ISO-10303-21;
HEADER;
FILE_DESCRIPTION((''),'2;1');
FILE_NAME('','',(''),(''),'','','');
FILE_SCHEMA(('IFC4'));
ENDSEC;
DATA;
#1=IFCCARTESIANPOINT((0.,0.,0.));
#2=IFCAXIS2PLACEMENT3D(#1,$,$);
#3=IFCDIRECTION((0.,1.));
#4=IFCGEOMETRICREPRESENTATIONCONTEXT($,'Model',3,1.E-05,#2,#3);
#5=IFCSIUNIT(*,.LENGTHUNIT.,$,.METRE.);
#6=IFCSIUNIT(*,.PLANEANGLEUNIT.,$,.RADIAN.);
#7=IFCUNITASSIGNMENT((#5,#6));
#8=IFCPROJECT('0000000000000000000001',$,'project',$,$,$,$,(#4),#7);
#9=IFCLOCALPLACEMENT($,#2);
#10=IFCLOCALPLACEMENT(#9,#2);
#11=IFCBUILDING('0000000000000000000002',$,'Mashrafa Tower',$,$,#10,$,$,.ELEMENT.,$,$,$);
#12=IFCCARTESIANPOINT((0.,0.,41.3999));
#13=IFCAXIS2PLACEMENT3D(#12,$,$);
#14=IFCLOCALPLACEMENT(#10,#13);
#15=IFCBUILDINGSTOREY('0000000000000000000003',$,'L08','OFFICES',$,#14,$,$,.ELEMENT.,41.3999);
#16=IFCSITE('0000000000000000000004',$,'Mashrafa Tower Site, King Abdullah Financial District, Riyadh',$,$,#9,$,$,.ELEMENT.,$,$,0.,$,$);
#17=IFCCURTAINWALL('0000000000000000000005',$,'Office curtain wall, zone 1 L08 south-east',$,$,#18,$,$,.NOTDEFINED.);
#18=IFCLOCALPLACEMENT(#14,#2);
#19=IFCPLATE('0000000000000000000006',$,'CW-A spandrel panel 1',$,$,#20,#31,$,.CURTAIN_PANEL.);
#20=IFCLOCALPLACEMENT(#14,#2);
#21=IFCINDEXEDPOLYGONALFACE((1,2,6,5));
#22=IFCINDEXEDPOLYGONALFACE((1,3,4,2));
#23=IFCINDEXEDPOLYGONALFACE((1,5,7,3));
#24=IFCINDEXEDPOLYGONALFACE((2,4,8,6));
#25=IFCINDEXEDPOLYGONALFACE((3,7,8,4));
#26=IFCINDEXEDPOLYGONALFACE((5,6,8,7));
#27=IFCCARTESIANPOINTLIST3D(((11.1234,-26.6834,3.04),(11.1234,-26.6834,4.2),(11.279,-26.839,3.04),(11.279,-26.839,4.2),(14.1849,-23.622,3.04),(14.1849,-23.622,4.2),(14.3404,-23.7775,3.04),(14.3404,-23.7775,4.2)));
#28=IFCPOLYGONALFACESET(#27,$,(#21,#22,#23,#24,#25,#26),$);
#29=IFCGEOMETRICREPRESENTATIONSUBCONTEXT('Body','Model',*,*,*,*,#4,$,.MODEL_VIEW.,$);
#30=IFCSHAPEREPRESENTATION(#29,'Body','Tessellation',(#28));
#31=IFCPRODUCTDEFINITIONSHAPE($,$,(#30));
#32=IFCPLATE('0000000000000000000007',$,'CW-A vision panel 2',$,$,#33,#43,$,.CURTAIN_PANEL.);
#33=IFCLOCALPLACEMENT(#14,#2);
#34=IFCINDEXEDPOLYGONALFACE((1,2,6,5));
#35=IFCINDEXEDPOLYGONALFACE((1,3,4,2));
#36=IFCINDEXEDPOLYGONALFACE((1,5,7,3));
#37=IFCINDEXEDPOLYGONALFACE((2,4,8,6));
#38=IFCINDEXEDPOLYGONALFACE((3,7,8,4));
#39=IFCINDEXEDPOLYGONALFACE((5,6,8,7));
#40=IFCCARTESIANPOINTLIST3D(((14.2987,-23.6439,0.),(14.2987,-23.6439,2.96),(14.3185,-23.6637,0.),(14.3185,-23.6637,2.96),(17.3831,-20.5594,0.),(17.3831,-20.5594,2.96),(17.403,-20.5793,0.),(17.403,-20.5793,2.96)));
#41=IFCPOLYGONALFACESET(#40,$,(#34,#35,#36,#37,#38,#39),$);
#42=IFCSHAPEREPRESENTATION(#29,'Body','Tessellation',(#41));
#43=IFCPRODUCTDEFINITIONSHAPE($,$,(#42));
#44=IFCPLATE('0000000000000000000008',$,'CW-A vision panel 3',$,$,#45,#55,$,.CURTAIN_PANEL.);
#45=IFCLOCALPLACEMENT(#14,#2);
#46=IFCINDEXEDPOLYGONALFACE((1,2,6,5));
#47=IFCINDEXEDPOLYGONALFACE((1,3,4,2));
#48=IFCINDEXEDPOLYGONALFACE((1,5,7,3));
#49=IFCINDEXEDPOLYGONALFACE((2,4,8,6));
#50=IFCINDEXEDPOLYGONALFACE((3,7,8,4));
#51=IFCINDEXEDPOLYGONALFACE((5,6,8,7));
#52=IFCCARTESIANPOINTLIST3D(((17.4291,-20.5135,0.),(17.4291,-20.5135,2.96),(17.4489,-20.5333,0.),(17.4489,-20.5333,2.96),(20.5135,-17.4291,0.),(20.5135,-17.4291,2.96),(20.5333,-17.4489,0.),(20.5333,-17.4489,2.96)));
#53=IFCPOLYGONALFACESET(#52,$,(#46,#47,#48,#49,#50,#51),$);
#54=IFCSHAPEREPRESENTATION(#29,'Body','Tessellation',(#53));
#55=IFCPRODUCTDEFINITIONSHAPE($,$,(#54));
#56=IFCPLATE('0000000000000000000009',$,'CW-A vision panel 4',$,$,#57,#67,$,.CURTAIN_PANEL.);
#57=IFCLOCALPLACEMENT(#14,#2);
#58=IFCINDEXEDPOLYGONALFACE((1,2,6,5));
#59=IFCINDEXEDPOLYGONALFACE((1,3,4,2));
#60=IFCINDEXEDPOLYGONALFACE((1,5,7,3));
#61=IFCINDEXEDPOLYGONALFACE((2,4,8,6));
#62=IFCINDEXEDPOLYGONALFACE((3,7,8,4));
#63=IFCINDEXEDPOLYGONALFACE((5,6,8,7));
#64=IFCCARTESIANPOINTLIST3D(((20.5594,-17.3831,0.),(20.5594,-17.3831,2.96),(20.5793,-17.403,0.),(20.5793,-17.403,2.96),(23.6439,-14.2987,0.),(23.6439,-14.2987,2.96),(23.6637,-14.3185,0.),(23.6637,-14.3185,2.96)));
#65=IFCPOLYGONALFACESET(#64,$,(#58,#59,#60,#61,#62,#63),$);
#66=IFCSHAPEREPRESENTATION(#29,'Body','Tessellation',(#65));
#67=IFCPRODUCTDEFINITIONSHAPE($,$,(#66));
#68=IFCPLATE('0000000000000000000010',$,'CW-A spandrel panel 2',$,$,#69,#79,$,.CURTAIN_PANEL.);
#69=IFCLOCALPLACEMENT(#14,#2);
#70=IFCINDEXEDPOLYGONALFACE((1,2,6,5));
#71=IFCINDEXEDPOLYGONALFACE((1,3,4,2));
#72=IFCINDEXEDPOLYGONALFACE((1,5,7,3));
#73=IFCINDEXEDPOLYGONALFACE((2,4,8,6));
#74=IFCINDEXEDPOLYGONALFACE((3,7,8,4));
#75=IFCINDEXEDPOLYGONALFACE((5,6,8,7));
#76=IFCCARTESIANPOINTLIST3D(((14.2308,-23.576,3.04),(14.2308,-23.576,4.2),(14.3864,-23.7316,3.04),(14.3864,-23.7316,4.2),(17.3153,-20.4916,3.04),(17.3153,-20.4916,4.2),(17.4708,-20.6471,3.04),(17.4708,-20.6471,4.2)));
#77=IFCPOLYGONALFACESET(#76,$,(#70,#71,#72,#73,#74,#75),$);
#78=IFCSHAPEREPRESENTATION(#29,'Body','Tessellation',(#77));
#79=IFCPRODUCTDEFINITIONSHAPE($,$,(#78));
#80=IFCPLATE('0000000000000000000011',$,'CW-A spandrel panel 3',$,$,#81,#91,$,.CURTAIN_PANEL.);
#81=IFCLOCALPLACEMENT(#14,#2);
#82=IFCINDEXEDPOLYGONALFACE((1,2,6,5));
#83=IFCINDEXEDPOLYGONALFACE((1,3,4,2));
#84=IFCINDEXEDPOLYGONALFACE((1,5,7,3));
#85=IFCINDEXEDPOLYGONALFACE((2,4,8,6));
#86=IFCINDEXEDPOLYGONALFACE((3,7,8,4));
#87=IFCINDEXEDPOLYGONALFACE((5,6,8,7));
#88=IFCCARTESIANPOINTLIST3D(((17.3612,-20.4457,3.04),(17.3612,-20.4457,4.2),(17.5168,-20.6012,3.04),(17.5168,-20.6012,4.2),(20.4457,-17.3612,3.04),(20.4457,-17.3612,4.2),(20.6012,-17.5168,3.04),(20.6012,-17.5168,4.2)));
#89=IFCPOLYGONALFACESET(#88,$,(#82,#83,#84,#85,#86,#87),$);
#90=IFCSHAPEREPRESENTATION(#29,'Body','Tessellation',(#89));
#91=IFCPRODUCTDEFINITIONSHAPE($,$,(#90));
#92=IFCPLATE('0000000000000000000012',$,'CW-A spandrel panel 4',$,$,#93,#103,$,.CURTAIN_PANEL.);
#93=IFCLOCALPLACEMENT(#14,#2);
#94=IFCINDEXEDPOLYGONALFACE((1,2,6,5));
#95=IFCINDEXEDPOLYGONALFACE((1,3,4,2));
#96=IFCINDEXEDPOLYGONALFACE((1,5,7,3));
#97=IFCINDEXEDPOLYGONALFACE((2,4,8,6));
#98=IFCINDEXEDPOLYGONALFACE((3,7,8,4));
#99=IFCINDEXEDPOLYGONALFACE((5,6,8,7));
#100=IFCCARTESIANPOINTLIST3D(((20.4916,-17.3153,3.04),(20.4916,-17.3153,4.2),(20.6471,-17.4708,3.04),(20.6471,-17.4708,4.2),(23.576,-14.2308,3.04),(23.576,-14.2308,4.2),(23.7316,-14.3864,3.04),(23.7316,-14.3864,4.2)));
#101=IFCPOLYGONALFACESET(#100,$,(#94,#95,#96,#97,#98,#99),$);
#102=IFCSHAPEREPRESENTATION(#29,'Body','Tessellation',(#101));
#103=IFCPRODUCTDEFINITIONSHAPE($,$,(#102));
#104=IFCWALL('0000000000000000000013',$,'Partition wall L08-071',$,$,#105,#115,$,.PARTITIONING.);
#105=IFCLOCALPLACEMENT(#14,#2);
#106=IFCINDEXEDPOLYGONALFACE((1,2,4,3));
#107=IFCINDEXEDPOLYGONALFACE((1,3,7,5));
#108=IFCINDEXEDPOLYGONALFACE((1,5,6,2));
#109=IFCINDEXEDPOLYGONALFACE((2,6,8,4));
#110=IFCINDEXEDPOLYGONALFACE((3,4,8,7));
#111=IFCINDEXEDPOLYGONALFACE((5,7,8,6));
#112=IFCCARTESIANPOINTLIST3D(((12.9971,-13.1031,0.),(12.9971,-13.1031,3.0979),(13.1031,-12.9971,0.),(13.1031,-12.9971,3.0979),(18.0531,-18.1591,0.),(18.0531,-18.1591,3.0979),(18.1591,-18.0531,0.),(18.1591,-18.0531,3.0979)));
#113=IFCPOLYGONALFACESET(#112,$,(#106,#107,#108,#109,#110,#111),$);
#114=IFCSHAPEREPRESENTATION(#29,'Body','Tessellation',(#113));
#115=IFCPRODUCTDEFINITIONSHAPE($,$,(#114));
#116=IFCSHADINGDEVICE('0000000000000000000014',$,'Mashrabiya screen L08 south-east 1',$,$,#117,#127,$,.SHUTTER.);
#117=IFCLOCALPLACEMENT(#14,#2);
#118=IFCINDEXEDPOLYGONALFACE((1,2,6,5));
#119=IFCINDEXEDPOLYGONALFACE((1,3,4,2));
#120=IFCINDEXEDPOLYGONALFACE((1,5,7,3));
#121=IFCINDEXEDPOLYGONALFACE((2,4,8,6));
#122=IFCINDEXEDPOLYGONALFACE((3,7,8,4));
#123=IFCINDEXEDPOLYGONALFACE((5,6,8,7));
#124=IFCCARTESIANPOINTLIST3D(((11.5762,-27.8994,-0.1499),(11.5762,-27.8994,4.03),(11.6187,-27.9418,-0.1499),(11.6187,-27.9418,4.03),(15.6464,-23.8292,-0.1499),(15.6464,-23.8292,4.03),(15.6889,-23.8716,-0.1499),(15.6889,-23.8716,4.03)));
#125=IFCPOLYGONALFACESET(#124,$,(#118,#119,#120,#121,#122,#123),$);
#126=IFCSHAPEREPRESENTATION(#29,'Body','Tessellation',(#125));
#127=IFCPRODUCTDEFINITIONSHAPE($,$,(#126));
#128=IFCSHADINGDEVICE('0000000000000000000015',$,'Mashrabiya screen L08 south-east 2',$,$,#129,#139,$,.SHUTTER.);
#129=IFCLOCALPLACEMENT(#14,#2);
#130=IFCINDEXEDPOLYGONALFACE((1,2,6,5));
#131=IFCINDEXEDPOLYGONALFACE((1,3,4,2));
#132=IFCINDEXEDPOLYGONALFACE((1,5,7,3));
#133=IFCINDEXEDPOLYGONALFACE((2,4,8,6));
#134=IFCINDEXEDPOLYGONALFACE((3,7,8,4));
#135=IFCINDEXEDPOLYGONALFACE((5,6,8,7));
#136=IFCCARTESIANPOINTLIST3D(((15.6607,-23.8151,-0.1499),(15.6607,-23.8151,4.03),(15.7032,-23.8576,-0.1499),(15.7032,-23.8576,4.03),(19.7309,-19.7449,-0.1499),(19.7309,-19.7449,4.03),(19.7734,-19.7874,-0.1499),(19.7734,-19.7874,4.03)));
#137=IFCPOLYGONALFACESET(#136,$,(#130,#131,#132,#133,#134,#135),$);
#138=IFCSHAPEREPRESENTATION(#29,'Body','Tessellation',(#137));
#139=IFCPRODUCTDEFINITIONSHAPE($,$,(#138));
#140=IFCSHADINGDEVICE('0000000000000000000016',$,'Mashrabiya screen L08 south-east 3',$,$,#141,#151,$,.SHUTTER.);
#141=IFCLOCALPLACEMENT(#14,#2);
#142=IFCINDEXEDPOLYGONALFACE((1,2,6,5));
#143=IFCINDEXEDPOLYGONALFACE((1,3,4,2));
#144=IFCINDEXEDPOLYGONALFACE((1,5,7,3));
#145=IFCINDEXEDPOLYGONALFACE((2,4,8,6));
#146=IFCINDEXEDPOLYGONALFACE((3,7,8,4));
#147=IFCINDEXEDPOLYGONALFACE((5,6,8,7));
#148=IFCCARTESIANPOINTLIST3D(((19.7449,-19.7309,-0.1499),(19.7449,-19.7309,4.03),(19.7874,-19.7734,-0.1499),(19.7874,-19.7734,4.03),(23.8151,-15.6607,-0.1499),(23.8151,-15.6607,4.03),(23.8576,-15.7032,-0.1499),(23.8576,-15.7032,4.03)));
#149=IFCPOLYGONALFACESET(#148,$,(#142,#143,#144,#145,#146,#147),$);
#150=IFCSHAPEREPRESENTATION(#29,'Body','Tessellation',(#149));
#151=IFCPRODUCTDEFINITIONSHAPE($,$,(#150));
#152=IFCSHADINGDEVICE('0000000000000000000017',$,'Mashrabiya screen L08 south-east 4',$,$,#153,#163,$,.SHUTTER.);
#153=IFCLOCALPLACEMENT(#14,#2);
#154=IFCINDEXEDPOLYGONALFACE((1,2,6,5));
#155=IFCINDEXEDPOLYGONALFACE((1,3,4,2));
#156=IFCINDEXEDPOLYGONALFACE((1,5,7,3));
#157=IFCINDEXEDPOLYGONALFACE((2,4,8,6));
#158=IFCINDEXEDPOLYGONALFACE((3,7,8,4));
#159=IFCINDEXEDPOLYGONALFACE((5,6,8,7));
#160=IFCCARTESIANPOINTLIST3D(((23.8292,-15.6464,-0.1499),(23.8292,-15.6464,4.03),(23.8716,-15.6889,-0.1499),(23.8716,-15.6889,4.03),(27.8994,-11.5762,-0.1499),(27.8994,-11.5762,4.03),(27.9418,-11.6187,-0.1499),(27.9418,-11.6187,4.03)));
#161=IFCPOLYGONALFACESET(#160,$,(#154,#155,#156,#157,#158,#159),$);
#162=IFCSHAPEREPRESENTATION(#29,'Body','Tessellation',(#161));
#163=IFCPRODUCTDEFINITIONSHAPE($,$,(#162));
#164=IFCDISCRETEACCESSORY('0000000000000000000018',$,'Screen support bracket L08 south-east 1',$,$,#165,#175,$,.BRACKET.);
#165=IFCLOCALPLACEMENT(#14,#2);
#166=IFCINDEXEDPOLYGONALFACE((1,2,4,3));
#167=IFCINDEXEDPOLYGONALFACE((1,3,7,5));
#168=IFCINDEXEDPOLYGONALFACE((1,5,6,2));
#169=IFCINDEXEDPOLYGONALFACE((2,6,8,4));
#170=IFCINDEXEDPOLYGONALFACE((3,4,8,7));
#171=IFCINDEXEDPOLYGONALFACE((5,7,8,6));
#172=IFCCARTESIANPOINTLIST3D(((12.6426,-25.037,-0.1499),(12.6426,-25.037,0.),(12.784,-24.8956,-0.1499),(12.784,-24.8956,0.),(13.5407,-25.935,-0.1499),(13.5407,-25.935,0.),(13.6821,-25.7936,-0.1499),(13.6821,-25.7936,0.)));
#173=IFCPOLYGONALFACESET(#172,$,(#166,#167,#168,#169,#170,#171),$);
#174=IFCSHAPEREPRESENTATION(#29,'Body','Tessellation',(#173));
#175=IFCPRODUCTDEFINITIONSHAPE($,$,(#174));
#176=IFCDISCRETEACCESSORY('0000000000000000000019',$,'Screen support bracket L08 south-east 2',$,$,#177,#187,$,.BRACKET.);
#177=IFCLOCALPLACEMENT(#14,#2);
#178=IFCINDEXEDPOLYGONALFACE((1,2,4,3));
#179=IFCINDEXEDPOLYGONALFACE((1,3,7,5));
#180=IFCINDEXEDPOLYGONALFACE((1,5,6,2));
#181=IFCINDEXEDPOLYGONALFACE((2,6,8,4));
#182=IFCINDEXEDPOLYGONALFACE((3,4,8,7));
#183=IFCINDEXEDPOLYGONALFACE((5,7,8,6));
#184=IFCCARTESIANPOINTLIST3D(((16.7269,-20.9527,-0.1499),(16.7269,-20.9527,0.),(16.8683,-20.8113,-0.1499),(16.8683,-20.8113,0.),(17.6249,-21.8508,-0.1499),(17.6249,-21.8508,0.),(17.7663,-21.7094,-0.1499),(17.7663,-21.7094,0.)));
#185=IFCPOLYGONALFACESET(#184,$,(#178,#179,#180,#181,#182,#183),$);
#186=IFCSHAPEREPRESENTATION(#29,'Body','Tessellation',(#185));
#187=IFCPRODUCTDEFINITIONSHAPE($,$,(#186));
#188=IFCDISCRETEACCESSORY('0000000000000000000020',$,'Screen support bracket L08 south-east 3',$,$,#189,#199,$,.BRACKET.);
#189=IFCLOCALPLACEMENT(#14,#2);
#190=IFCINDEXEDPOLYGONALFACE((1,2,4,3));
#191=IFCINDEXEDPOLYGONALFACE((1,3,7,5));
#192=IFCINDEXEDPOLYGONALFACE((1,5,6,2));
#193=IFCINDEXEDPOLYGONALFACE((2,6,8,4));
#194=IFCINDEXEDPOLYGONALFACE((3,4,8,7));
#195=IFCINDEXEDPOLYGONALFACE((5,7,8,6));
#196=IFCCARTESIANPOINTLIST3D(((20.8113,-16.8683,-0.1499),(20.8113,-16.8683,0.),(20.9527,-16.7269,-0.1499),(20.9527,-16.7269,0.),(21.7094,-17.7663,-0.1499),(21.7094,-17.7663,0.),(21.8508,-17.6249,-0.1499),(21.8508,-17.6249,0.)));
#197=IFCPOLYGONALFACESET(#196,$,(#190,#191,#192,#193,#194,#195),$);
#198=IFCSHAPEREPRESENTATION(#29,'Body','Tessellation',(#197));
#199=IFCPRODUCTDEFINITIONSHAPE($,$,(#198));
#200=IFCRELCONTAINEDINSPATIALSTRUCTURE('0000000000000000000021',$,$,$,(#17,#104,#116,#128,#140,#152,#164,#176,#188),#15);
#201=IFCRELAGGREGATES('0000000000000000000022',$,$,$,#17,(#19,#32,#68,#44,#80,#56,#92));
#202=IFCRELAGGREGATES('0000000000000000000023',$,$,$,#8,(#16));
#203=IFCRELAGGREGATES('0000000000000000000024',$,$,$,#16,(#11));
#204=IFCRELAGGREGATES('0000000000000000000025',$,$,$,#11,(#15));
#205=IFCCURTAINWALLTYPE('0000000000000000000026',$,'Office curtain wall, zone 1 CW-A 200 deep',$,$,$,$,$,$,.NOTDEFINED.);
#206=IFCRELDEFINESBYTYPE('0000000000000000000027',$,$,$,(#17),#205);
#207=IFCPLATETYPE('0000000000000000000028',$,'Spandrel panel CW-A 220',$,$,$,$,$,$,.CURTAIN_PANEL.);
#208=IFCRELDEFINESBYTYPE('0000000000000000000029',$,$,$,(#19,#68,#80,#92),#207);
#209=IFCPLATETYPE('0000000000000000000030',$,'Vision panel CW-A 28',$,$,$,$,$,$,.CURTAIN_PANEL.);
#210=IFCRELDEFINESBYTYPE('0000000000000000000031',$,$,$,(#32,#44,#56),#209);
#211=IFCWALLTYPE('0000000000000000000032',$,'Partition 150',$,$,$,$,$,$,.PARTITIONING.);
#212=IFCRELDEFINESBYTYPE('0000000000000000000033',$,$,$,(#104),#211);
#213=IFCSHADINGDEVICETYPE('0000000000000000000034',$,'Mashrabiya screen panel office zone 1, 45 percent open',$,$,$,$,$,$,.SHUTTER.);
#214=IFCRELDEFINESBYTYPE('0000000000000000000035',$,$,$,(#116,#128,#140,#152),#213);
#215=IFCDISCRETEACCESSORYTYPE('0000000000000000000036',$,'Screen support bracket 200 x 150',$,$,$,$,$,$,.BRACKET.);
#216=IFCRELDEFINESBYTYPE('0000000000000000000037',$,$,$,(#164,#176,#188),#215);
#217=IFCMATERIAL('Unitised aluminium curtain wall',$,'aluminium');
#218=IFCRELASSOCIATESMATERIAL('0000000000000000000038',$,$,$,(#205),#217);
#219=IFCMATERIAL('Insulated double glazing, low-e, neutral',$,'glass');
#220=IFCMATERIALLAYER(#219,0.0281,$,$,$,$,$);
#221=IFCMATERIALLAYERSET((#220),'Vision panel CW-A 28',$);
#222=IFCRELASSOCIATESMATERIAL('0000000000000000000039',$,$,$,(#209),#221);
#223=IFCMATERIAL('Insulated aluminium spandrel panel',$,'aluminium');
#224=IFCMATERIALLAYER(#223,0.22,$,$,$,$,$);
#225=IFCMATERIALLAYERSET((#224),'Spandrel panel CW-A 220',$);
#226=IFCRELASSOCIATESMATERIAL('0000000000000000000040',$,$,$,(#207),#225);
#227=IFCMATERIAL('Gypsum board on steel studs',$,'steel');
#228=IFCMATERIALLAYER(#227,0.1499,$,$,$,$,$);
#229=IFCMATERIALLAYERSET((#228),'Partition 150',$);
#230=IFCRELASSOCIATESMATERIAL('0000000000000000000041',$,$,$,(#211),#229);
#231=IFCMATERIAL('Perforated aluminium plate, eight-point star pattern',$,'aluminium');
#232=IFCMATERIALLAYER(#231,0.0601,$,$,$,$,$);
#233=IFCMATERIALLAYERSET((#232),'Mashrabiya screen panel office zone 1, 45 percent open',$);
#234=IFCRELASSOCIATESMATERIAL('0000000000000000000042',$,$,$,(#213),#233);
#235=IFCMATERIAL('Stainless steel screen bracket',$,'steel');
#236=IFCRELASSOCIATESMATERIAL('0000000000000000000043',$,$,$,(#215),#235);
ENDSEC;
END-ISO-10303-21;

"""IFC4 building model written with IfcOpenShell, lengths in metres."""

from ifc_helpers import new_model, si_unit, direction, frame, frame_2d, origin, origin_2d, place, context, subcontext, project, spatial, rectangle, extrude, source, transform, mapped, material, layer, layer_set, type_object, type_shapes, element, aggregate, save


model = new_model("IFC4")

# Units and contexts
model_context = context("Model", 3, precision=1e-05, world=origin(), true_north=direction((0.0, 1.0)))
body_context = subcontext(model_context, "Body", "Model", "MODEL_VIEW")
ifc_project = project(units=[si_unit("LENGTHUNIT", "METRE"), si_unit("PLANEANGLEUNIT", "RADIAN")], contexts=[model_context])

# Site, building, storey
site_placement = place(None, origin())
site = spatial("IfcSite", under=ifc_project, at=site_placement, Name="Mashrafa Tower Site, King Abdullah Financial District, Riyadh", CompositionType="ELEMENT", RefElevation=0.0)
building_placement = place(site_placement, origin())
building = spatial("IfcBuilding", under=site, at=building_placement, Name="Mashrafa Tower", CompositionType="ELEMENT")
storey_placement = place(building_placement, frame((0.0, 0.0, 41.3999)))
storey = spatial("IfcBuildingStorey", under=building, at=storey_placement, Name="L08", Description="OFFICES", CompositionType="ELEMENT", Elevation=41.3999)

# Curtain wall, plates
ifc_material_1 = material(Name="Unitised aluminium curtain wall", Category="aluminium")
curtain_wall_type = type_object("IfcCurtainWallType", Name="Office curtain wall, zone 1 CW-A 200 deep", PredefinedType="NOTDEFINED", material=ifc_material_1)
curtain_wall_placement = place(storey_placement, origin())
curtain_wall = element("IfcCurtainWall", 1, at=curtain_wall_placement, inside=storey, type_object=curtain_wall_type, Name="Office curtain wall, zone 1 L08 south-east", PredefinedType="NOTDEFINED")
ifc_material_2 = material(Name="Insulated double glazing, low-e, neutral", Category="glass")
ifc_layer_1 = layer(ifc_material_2, 0.0281)
ifc_layer_set_1 = layer_set([ifc_layer_1], Name="Vision panel CW-A 28")
plate_type_1 = type_object("IfcPlateType", Name="Vision panel CW-A 28", PredefinedType="CURTAIN_PANEL", material=ifc_layer_set_1)
ifc_material_3 = material(Name="Insulated aluminium spandrel panel", Category="aluminium")
ifc_layer_2 = layer(ifc_material_3, 0.22)
ifc_layer_set_2 = layer_set([ifc_layer_2], Name="Spandrel panel CW-A 220")
plate_type_2 = type_object("IfcPlateType", Name="Spandrel panel CW-A 220", PredefinedType="CURTAIN_PANEL", material=ifc_layer_set_2)
shared_shape_1 = source(origin(), body_context, "Body", "SweptSolid", [
    extrude(rectangle(XDim=4.3296, YDim=0.22, at=origin_2d()), origin(), (0.0, 0.0, 1.0), 1.1599),
])
plate_1_placement = place(storey_placement, frame((12.7319, -25.2305, 3.04), z_axis=(0.0, 0.0, 1.0), x_axis=(0.707107, 0.707107, 0.0)))
plate_1 = element("IfcPlate", 2, at=plate_1_placement, type_object=plate_type_2, Name="CW-A spandrel panel 1", PredefinedType="CURTAIN_PANEL", context=body_context, shape_type="MappedRepresentation", body=[
    mapped(shared_shape_1, transform((0.0, 0.0, 0.0))),
])
shared_shape_2 = source(origin(), body_context, "Body", "SweptSolid", [
    extrude(rectangle(XDim=4.3621, YDim=0.0281, at=origin_2d()), origin(), (0.0, 0.0, 1.0), 2.96),
])
plate_2_placement = place(storey_placement, frame((15.8508, -22.1116, 0.0), z_axis=(0.0, 0.0, 1.0), x_axis=(0.707107, 0.707107, 0.0)))
plate_2 = element("IfcPlate", 3, at=plate_2_placement, type_object=plate_type_1, Name="CW-A vision panel 2", PredefinedType="CURTAIN_PANEL", context=body_context, shape_type="MappedRepresentation", body=[
    mapped(shared_shape_2, transform((0.0, 0.0, 0.0))),
])
plate_3_placement = place(storey_placement, frame((18.9812, -18.9812, 0.0), z_axis=(0.0, 0.0, 1.0), x_axis=(0.707107, 0.707107, 0.0)))
plate_3 = element("IfcPlate", 4, at=plate_3_placement, type_object=plate_type_1, Name="CW-A vision panel 3", PredefinedType="CURTAIN_PANEL", context=body_context, shape_type="MappedRepresentation", body=[
    mapped(shared_shape_2, transform((0.0, 0.0, 0.0))),
])
plate_4_placement = place(storey_placement, frame((22.1116, -15.8508, 0.0), z_axis=(0.0, 0.0, 1.0), x_axis=(0.707107, 0.707107, 0.0)))
plate_4 = element("IfcPlate", 5, at=plate_4_placement, type_object=plate_type_1, Name="CW-A vision panel 4", PredefinedType="CURTAIN_PANEL", context=body_context, shape_type="MappedRepresentation", body=[
    mapped(shared_shape_2, transform((0.0, 0.0, 0.0))),
])
shared_shape_3 = source(origin(), body_context, "Body", "SweptSolid", [
    extrude(rectangle(XDim=4.3621, YDim=0.22, at=origin_2d()), origin(), (0.0, 0.0, 1.0), 1.1599),
])
type_shapes(plate_type_2, [shared_shape_1, shared_shape_3])
plate_5_placement = place(storey_placement, frame((15.8508, -22.1116, 3.04), z_axis=(0.0, 0.0, 1.0), x_axis=(0.707107, 0.707107, 0.0)))
plate_5 = element("IfcPlate", 6, at=plate_5_placement, type_object=plate_type_2, Name="CW-A spandrel panel 2", PredefinedType="CURTAIN_PANEL", context=body_context, shape_type="MappedRepresentation", body=[
    mapped(shared_shape_3, transform((0.0, 0.0, 0.0))),
])
plate_6_placement = place(storey_placement, frame((18.9812, -18.9812, 3.04), z_axis=(0.0, 0.0, 1.0), x_axis=(0.707107, 0.707107, 0.0)))
plate_6 = element("IfcPlate", 7, at=plate_6_placement, type_object=plate_type_2, Name="CW-A spandrel panel 3", PredefinedType="CURTAIN_PANEL", context=body_context, shape_type="MappedRepresentation", body=[
    mapped(shared_shape_3, transform((0.0, 0.0, 0.0))),
])
plate_7_placement = place(storey_placement, frame((22.1116, -15.8508, 3.04), z_axis=(0.0, 0.0, 1.0), x_axis=(0.707107, 0.707107, 0.0)))
plate_7 = element("IfcPlate", 8, at=plate_7_placement, type_object=plate_type_2, Name="CW-A spandrel panel 4", PredefinedType="CURTAIN_PANEL", context=body_context, shape_type="MappedRepresentation", body=[
    mapped(shared_shape_3, transform((0.0, 0.0, 0.0))),
])
aggregate(curtain_wall, [plate_1, plate_2, plate_5, plate_3, plate_6, plate_4, plate_7])

# Wall
ifc_material_4 = material(Name="Gypsum board on steel studs", Category="steel")
ifc_layer_3 = layer(ifc_material_4, 0.1499)
ifc_layer_set_3 = layer_set([ifc_layer_3], Name="Partition 150")
wall_type_1 = type_object("IfcWallType", Name="Partition 150", PredefinedType="PARTITIONING", material=ifc_layer_set_3)
wall_1_placement = place(storey_placement, frame((13.05, -13.05, 0.0), z_axis=(0.0, 0.0, 1.0), x_axis=(0.707107, -0.707107, 0.0)))
element("IfcWall", 9, at=wall_1_placement, inside=storey, type_object=wall_type_1, Name="Partition wall L08-071", PredefinedType="PARTITIONING", context=body_context, shape_type="SweptSolid", body=[
    extrude(rectangle(XDim=7.1501, YDim=0.1499, at=frame_2d((3.5752, 0.0))), origin(), (0.0, 0.0, 1.0), 3.0979),
])

# Shading devices
ifc_material_5 = material(Name="Perforated aluminium plate, eight-point star pattern", Category="aluminium")
ifc_layer_4 = layer(ifc_material_5, 0.0601)
ifc_layer_set_4 = layer_set([ifc_layer_4], Name="Mashrabiya screen panel office zone 1, 45 percent open")
shading_device_type = type_object("IfcShadingDeviceType", Name="Mashrabiya screen panel office zone 1, 45 percent open", PredefinedType="SHUTTER", material=ifc_layer_set_4)
shared_shape_4 = source(origin(), body_context, "Body", "SweptSolid", [
    extrude(rectangle(XDim=5.7561, YDim=0.0601, at=origin_2d()), origin(), (0.0, 0.0, 1.0), 4.1799),
])
type_shapes(shading_device_type, [shared_shape_4])
for number, where, z_axis, x_axis, name in (
    (10, (13.6326, -25.8855, -0.1499), (0.0, 0.0, 1.0), (0.707107, 0.707107, 0.0), "Mashrabiya screen L08 south-east 1"),
    (11, (17.717, -21.8013, -0.1499), (0.0, 0.0, 1.0), (0.707107, 0.707107, 0.0), "Mashrabiya screen L08 south-east 2"),
    (12, (21.8013, -17.717, -0.1499), (0.0, 0.0, 1.0), (0.707107, 0.707107, 0.0), "Mashrabiya screen L08 south-east 3"),
    (13, (25.8855, -13.6326, -0.1499), (0.0, 0.0, 1.0), (0.707107, 0.707107, 0.0), "Mashrabiya screen L08 south-east 4"),
):
    element("IfcShadingDevice", number, at=place(storey_placement, frame(where, z_axis=z_axis, x_axis=x_axis)), inside=storey, type_object=shading_device_type, Name=name, PredefinedType="SHUTTER", context=body_context, shape_type="MappedRepresentation", body=[
        mapped(shared_shape_4, transform((0.0, 0.0, 0.0))),
    ])

# Discrete accessories
ifc_material_6 = material(Name="Stainless steel screen bracket", Category="steel")
discrete_accessory_type = type_object("IfcDiscreteAccessoryType", Name="Screen support bracket 200 x 150", PredefinedType="BRACKET", material=ifc_material_6)
shared_shape_5 = source(origin(), body_context, "Body", "SweptSolid", [
    extrude(rectangle(XDim=0.2, YDim=1.27, at=origin_2d()), origin(), (0.0, 0.0, 1.0), 0.1499),
])
type_shapes(discrete_accessory_type, [shared_shape_5])
for number, where, z_axis, x_axis, name in (
    (14, (13.1624, -25.4153, -0.1499), (0.0, 0.0, 1.0), (0.707107, 0.707107, 0.0), "Screen support bracket L08 south-east 1"),
    (15, (17.2466, -21.3311, -0.1499), (0.0, 0.0, 1.0), (0.707107, 0.707107, 0.0), "Screen support bracket L08 south-east 2"),
    (16, (21.3311, -17.2466, -0.1499), (0.0, 0.0, 1.0), (0.707107, 0.707107, 0.0), "Screen support bracket L08 south-east 3"),
):
    element("IfcDiscreteAccessory", number, at=place(storey_placement, frame(where, z_axis=z_axis, x_axis=x_axis)), inside=storey, type_object=discrete_accessory_type, Name=name, PredefinedType="BRACKET", context=body_context, shape_type="MappedRepresentation", body=[
        mapped(shared_shape_5, transform((0.0, 0.0, 0.0))),
    ])

save(model, "model.ifc")
